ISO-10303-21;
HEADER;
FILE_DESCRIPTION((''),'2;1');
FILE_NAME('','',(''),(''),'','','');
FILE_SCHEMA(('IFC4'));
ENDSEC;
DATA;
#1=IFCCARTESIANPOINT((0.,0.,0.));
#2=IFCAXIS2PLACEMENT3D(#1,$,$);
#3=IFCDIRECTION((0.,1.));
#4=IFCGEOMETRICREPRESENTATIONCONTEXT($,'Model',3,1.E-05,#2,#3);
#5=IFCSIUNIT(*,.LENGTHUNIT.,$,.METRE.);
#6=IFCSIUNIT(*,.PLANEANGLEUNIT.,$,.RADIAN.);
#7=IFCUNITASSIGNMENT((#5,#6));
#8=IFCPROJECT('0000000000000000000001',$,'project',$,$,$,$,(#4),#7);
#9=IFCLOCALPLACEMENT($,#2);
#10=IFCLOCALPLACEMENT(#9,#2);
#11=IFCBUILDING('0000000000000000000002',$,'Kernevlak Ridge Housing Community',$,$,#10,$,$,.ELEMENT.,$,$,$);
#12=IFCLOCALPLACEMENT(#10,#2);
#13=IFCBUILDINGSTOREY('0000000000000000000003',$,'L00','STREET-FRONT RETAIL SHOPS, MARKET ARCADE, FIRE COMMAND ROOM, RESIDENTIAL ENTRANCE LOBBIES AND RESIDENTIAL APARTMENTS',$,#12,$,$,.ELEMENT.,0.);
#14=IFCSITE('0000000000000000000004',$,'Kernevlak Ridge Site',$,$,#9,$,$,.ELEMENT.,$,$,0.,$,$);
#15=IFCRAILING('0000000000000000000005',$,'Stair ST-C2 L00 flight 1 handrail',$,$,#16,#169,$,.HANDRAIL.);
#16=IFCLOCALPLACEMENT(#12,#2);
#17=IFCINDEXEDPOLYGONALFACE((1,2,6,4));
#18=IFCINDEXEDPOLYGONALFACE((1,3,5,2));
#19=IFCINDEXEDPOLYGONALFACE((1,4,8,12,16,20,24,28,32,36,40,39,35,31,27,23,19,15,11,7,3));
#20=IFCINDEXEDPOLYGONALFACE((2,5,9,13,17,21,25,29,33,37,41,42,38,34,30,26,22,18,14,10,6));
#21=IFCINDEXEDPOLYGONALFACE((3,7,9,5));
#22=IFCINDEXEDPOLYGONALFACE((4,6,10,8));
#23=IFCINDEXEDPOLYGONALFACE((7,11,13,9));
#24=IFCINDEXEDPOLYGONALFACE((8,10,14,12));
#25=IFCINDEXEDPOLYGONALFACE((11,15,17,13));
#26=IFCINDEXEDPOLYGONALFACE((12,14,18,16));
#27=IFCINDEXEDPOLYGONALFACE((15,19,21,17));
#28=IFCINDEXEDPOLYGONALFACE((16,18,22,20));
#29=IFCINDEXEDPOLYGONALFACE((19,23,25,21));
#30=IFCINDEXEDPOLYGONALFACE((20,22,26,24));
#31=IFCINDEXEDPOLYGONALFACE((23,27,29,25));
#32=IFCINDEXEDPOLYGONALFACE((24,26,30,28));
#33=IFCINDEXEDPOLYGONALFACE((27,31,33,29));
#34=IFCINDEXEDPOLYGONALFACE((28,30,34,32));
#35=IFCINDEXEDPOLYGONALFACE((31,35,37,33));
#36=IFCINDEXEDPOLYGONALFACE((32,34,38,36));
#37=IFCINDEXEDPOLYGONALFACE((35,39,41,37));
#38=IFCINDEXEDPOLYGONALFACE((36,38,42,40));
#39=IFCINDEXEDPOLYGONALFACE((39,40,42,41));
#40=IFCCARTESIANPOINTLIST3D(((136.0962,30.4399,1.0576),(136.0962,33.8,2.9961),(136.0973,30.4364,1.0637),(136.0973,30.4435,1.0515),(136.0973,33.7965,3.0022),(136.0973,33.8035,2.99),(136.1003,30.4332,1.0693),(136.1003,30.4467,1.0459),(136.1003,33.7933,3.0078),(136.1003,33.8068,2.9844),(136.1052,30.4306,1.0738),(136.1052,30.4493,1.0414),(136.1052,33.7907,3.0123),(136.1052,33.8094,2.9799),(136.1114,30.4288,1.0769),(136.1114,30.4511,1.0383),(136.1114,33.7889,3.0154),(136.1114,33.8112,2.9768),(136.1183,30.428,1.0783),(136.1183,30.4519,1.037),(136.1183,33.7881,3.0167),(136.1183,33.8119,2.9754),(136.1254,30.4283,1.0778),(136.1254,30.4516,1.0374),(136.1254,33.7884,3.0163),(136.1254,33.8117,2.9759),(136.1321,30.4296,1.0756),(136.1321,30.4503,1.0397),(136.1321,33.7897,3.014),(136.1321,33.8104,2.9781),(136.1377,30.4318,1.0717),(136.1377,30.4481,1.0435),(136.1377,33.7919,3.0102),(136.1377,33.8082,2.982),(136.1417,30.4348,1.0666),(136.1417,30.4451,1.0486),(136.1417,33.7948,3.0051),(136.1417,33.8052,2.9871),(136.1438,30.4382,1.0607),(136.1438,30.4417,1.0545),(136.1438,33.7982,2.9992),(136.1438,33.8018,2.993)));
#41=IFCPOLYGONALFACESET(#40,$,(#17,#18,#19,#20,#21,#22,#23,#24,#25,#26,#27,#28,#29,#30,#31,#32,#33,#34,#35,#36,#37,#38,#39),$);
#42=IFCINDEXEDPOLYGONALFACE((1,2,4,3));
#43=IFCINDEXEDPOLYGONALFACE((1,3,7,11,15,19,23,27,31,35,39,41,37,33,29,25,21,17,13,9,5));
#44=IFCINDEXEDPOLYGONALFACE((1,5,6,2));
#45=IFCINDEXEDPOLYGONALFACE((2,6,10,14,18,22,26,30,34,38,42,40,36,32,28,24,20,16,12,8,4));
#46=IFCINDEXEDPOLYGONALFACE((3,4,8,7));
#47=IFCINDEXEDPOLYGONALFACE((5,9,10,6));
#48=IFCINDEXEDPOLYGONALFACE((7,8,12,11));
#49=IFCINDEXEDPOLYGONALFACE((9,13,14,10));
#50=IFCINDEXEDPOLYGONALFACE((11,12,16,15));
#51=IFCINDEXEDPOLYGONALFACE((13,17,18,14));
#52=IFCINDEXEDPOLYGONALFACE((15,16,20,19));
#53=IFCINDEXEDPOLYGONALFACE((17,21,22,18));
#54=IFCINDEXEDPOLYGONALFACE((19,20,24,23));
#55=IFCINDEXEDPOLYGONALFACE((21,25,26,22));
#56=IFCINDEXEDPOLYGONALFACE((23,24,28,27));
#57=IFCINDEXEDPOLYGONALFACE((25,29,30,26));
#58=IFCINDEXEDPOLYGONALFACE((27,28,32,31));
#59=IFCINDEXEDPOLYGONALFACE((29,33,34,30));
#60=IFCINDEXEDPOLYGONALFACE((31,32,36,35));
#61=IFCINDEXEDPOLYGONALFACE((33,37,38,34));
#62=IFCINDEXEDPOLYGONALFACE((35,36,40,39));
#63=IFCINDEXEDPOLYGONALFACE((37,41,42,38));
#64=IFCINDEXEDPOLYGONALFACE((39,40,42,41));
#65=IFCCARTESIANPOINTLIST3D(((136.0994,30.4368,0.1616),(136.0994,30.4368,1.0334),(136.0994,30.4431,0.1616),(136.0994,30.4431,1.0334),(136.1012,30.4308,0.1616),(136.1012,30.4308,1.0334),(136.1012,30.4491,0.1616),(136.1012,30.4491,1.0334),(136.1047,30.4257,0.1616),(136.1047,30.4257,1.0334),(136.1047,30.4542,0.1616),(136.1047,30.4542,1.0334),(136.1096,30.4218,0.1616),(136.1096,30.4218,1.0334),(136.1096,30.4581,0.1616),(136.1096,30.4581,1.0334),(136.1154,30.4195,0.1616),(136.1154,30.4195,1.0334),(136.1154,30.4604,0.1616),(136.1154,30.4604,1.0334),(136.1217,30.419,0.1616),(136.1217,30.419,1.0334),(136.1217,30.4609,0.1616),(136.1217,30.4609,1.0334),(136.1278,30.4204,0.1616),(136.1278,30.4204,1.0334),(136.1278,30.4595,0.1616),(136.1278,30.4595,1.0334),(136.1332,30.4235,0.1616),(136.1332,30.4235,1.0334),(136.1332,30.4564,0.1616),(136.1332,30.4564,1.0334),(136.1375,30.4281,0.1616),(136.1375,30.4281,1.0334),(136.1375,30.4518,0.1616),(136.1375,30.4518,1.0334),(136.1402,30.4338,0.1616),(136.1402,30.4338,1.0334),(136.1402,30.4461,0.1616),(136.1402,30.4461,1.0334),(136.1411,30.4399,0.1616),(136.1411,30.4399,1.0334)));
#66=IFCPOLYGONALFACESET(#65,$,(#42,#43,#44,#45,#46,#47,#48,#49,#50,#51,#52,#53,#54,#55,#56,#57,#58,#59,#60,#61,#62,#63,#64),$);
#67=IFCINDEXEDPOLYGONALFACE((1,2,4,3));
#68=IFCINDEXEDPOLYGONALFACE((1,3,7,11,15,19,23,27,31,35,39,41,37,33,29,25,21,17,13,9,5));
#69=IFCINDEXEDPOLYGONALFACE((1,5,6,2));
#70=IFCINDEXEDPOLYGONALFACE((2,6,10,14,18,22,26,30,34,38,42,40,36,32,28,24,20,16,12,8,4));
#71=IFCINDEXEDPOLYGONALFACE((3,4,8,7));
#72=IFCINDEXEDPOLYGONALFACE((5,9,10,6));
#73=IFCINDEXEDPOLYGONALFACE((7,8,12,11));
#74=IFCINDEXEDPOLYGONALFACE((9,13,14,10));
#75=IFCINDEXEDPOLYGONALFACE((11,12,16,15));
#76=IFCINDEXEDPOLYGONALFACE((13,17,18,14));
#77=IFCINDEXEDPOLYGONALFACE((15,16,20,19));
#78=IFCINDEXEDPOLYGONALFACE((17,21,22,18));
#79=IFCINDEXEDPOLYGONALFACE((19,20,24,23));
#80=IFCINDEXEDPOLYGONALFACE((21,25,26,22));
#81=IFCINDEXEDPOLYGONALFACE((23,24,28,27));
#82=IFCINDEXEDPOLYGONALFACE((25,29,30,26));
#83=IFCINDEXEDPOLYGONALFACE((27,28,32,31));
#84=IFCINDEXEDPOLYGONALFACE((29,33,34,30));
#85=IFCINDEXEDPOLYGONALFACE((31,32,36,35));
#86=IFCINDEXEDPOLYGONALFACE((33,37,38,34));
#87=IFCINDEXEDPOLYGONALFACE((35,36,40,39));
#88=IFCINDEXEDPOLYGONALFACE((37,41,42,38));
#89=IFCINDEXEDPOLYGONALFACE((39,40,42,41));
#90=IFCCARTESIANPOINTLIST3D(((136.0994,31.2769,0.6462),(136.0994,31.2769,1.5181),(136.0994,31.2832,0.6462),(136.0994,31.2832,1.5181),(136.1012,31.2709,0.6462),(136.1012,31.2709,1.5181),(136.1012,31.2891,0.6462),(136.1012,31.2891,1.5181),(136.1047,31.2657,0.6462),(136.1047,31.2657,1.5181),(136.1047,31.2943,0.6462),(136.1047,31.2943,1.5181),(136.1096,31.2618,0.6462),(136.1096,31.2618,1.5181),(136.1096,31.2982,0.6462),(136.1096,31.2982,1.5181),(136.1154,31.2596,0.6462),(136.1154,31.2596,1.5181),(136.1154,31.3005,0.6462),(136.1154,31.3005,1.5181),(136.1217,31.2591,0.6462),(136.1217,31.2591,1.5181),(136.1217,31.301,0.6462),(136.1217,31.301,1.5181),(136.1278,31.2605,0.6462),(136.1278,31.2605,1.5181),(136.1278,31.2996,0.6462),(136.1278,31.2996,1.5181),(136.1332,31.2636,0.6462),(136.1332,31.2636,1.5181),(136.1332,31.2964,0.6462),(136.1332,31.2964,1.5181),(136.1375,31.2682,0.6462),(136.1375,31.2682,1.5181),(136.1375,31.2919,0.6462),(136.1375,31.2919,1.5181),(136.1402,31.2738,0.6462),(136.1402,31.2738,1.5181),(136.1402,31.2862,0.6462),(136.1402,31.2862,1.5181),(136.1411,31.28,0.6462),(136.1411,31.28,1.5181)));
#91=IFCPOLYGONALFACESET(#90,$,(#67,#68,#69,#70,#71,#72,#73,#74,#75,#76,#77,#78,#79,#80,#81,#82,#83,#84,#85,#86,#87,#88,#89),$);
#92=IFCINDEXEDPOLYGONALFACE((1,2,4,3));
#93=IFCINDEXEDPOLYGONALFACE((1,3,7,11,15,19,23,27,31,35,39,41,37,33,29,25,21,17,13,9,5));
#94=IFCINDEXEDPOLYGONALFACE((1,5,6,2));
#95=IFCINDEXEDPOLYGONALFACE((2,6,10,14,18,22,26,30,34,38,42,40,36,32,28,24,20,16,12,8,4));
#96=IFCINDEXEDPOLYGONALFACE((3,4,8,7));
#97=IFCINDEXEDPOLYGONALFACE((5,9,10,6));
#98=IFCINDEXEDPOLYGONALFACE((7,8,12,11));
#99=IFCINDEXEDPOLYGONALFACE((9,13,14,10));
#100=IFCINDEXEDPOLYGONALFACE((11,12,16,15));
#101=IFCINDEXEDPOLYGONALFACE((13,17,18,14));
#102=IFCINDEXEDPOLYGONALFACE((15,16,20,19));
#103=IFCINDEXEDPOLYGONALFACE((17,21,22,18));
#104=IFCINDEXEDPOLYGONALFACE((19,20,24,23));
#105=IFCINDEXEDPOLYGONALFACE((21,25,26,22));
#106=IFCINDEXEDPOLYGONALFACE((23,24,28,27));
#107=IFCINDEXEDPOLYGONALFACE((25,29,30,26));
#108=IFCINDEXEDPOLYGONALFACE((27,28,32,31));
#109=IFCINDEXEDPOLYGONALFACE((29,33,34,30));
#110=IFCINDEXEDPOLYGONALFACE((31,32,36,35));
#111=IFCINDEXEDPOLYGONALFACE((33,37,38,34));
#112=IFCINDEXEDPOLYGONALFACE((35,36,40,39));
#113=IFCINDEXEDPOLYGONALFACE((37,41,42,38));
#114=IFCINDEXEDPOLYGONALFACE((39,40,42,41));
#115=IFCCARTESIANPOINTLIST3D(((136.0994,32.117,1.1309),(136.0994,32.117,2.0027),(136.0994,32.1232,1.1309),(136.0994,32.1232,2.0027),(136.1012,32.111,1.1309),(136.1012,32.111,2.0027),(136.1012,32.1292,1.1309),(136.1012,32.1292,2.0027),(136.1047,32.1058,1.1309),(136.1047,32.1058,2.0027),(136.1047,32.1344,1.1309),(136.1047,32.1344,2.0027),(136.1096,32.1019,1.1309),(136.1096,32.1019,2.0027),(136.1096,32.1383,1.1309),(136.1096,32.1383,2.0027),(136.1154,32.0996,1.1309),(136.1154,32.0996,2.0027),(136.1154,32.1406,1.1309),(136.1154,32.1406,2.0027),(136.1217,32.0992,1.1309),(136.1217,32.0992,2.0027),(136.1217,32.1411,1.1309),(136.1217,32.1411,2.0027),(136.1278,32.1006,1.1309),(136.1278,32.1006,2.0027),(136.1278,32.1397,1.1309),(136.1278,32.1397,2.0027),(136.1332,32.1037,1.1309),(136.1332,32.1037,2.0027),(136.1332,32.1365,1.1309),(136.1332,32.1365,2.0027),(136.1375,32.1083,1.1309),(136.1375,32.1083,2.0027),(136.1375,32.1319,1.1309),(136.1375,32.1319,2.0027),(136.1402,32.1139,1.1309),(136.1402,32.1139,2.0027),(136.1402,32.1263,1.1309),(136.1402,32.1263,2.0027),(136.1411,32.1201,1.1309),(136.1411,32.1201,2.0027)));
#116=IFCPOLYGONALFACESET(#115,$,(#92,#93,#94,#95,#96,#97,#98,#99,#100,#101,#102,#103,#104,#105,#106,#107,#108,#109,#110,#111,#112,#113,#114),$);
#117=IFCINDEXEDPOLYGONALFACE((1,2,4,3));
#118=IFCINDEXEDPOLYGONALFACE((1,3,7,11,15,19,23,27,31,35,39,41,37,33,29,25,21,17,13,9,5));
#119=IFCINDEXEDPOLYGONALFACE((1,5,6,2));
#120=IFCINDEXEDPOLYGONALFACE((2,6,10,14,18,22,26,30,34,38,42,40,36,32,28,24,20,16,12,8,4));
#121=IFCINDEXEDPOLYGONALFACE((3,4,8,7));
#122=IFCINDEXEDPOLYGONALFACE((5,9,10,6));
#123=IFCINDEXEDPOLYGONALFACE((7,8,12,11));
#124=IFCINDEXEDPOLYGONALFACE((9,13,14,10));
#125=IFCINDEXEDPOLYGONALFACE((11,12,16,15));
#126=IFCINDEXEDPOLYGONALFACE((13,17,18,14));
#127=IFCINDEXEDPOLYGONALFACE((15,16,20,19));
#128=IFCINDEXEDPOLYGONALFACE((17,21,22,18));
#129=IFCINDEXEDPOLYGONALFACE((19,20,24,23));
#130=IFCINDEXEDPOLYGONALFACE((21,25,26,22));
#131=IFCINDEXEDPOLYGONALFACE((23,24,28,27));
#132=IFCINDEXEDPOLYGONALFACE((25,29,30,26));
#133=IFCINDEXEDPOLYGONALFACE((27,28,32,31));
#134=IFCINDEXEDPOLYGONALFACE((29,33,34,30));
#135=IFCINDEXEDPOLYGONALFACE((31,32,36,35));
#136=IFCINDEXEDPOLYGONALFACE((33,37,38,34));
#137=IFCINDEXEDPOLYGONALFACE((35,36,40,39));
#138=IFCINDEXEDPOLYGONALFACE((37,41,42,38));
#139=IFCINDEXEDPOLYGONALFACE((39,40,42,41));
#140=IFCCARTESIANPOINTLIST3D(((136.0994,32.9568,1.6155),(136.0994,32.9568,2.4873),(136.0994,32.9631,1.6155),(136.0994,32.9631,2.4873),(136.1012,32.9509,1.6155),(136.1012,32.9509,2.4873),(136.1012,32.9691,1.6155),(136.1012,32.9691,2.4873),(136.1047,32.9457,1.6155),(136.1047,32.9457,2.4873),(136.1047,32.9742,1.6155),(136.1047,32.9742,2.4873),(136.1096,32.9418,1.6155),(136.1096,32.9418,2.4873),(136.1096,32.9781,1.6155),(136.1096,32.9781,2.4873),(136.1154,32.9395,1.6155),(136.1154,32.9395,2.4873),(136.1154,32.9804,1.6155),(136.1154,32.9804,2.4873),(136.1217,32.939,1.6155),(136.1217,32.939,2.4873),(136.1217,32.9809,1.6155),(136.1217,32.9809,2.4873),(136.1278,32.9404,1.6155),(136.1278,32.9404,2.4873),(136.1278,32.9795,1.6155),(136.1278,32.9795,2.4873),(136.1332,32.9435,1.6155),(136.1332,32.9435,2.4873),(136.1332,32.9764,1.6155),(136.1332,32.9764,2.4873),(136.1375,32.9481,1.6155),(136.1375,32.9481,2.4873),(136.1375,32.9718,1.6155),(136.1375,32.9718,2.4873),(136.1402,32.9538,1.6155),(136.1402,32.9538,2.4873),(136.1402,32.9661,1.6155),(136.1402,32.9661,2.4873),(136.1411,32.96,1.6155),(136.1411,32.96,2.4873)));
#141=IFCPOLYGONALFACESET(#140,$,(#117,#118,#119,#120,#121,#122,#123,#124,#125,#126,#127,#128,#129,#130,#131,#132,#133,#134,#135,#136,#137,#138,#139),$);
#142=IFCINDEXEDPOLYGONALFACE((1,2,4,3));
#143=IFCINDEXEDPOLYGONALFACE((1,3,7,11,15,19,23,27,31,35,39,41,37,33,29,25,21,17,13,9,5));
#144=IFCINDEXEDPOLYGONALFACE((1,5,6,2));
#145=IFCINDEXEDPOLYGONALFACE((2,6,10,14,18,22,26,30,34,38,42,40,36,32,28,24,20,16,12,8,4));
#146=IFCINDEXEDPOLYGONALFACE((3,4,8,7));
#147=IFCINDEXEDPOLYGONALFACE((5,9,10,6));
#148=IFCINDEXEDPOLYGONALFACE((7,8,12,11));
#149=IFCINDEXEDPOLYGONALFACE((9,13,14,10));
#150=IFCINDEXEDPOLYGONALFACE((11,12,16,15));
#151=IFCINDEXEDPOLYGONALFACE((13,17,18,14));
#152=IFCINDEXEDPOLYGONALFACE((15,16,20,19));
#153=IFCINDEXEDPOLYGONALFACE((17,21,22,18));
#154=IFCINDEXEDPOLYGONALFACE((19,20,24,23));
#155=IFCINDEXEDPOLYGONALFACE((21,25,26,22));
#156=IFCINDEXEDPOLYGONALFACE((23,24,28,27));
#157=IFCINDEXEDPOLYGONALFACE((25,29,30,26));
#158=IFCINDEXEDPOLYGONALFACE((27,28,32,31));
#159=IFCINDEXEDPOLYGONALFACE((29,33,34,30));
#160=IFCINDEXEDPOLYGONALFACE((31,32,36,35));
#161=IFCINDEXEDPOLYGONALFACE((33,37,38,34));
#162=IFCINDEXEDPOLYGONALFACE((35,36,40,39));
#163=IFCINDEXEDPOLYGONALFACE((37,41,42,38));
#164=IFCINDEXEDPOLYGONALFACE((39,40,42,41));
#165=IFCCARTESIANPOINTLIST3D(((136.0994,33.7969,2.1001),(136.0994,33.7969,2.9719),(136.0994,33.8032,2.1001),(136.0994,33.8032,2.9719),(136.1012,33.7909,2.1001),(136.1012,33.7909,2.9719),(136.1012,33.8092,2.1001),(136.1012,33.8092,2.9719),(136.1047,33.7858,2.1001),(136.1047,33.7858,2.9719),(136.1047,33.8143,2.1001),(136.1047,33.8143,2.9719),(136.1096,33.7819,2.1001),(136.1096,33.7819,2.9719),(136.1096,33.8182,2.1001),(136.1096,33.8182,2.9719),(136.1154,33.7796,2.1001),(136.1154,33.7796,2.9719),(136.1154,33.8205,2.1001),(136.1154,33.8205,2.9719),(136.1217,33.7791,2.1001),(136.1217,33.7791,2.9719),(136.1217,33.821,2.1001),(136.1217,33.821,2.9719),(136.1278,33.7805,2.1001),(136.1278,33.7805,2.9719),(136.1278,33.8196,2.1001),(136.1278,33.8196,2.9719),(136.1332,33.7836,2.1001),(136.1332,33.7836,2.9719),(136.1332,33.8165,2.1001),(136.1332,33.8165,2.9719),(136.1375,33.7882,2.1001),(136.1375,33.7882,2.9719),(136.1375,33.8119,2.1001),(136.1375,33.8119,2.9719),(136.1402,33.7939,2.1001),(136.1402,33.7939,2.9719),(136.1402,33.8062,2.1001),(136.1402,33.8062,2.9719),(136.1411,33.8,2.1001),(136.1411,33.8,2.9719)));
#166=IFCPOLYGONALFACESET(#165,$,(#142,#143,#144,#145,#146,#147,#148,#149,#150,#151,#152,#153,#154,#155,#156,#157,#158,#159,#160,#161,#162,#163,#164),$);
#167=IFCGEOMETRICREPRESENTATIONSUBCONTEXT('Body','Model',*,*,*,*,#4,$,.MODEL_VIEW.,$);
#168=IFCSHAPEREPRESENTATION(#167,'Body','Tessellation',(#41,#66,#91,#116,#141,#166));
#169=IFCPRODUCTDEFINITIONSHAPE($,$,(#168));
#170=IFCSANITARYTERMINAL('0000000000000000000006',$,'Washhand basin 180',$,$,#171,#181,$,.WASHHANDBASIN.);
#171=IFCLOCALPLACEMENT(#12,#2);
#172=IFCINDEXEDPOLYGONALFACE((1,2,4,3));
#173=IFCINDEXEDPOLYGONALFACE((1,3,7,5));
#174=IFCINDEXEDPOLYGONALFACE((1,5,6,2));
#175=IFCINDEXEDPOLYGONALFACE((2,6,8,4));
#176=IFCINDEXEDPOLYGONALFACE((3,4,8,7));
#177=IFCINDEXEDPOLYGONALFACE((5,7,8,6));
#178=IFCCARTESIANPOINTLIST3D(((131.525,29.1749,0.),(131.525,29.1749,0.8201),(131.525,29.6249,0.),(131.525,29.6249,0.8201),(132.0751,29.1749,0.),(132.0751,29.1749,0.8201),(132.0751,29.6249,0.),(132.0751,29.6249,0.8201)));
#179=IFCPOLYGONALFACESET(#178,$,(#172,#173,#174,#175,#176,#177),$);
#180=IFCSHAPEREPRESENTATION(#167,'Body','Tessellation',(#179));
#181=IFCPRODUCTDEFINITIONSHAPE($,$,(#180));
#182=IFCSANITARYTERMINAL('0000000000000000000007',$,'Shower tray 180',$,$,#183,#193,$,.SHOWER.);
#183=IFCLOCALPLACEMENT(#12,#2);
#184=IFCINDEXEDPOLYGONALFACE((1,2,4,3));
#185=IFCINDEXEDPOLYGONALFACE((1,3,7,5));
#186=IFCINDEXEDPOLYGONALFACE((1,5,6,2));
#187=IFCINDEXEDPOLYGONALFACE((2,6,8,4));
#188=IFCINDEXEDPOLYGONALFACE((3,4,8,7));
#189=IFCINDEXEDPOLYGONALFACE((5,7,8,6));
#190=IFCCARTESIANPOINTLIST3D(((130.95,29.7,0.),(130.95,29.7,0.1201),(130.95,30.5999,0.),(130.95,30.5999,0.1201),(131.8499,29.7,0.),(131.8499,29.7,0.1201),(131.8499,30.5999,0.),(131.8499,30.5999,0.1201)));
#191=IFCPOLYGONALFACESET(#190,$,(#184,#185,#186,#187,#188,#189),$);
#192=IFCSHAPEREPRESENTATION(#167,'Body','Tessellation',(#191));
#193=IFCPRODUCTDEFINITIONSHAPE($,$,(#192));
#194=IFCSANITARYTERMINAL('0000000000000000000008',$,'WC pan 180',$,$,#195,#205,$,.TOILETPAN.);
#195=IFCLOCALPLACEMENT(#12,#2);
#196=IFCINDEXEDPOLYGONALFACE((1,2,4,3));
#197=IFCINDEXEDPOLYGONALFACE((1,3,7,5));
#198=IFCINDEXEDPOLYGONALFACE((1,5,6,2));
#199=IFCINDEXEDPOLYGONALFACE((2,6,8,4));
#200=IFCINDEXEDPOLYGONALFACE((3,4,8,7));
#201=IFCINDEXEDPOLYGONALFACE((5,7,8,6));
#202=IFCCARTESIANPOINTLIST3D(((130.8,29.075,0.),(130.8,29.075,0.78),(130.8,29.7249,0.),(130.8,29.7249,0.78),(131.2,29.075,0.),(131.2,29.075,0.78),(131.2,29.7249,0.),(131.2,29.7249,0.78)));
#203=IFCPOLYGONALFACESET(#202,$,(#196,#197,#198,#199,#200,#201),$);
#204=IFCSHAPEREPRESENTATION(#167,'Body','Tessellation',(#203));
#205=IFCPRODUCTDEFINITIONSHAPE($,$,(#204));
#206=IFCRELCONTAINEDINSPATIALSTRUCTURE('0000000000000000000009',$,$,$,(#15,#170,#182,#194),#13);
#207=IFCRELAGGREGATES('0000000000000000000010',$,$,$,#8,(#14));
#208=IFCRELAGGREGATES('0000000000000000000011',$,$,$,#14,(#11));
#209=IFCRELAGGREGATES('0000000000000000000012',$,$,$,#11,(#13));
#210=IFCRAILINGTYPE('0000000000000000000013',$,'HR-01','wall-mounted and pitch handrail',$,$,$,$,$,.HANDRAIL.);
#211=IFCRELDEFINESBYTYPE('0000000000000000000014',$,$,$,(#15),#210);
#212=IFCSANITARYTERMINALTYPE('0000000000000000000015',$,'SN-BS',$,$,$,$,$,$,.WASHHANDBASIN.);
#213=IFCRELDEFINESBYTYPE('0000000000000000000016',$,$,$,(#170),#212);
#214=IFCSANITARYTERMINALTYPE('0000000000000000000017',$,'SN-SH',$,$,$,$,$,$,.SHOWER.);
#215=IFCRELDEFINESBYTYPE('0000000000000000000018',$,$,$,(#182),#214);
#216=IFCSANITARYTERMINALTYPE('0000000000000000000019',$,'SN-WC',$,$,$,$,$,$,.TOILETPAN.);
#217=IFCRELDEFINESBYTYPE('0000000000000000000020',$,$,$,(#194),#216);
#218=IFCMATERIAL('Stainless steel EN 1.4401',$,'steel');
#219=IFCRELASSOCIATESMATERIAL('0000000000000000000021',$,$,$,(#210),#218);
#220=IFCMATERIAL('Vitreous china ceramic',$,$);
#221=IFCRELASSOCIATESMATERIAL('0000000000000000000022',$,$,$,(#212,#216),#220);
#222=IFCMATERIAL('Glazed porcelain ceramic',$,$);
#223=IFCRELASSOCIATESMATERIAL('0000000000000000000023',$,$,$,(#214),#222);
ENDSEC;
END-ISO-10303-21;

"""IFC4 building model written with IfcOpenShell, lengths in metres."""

from ifc_helpers import new_model, si_unit, direction, frame, origin, origin_2d, place, context, subcontext, project, spatial, rectangle, circle, extrude, material, type_object, element, save


model = new_model("IFC4")

# Units and contexts
model_context = context("Model", 3, precision=1e-05, world=origin(), true_north=direction((0.0, 1.0)))
body_context = subcontext(model_context, "Body", "Model", "MODEL_VIEW")
ifc_project = project(units=[si_unit("LENGTHUNIT", "METRE"), si_unit("PLANEANGLEUNIT", "RADIAN")], contexts=[model_context])

# Site, building, storey
site_placement = place(None, origin())
site = spatial("IfcSite", under=ifc_project, at=site_placement, Name="Kernevlak Ridge Site", CompositionType="ELEMENT", RefElevation=0.0)
building_placement = place(site_placement, origin())
building = spatial("IfcBuilding", under=site, at=building_placement, Name="Kernevlak Ridge Housing Community", CompositionType="ELEMENT")
storey_placement = place(building_placement, origin())
storey = spatial("IfcBuildingStorey", under=building, at=storey_placement, Name="L00", Description="STREET-FRONT RETAIL SHOPS, MARKET ARCADE, FIRE COMMAND ROOM, RESIDENTIAL ENTRANCE LOBBIES AND RESIDENTIAL APARTMENTS", CompositionType="ELEMENT", Elevation=0.0)

# Railing
ifc_material_1 = material(Name="Stainless steel EN 1.4401", Category="steel")
railing_type_1 = type_object("IfcRailingType", Name="HR-01", Description="wall-mounted and pitch handrail", PredefinedType="HANDRAIL", material=ifc_material_1)
railing_1_placement = place(storey_placement, frame((136.1201, 30.4399, 0.1616)))
element("IfcRailing", 1, at=railing_1_placement, inside=storey, type_object=railing_type_1, Name="Stair ST-C2 L00 flight 1 handrail", PredefinedType="HANDRAIL", context=body_context, shape_type="SweptSolid", body=[
    extrude(circle(Radius=0.0239, at=origin_2d()), frame((0.0, 0.0, 0.896), z_axis=(0.0, 0.866191, 0.499713), x_axis=(-1.0, 0.0, 0.0)), (0.0, 0.0, 1.0), 3.8792),
    extrude(circle(Radius=0.021, at=origin_2d()), origin(), (0.0, 0.0, 1.0), 0.8718),
    extrude(circle(Radius=0.021, at=origin_2d()), frame((0.0, 0.8401, 0.4846)), (0.0, 0.0, 1.0), 0.8718),
    extrude(circle(Radius=0.021, at=origin_2d()), frame((0.0, 1.6802, 0.9692)), (0.0, 0.0, 1.0), 0.8718),
    extrude(circle(Radius=0.021, at=origin_2d()), frame((0.0, 2.52, 1.4539)), (0.0, 0.0, 1.0), 0.8718),
    extrude(circle(Radius=0.021, at=origin_2d()), frame((0.0, 3.3601, 1.9385)), (0.0, 0.0, 1.0), 0.8718),
])

# Sanitary terminals
ifc_material_2 = material(Name="Vitreous china ceramic")
sanitary_terminal_type_1 = type_object("IfcSanitaryTerminalType", Name="SN-BS", PredefinedType="WASHHANDBASIN", material=ifc_material_2)
sanitary_terminal_1_placement = place(storey_placement, frame((131.8, 29.3999, 0.0), z_axis=(0.0, 0.0, 1.0), x_axis=(1.0, 0.0, 0.0)))
element("IfcSanitaryTerminal", 2, at=sanitary_terminal_1_placement, inside=storey, type_object=sanitary_terminal_type_1, Name="Washhand basin 180", PredefinedType="WASHHANDBASIN", context=body_context, shape_type="SweptSolid", body=[
    extrude(rectangle(XDim=0.55, YDim=0.45, at=origin_2d()), origin(), (0.0, 0.0, 1.0), 0.8201),
])
ifc_material_3 = material(Name="Glazed porcelain ceramic")
sanitary_terminal_type_2 = type_object("IfcSanitaryTerminalType", Name="SN-SH", PredefinedType="SHOWER", material=ifc_material_3)
sanitary_terminal_2_placement = place(storey_placement, frame((131.3999, 30.1499, 0.0), z_axis=(0.0, 0.0, 1.0), x_axis=(1.0, 0.0, 0.0)))
element("IfcSanitaryTerminal", 3, at=sanitary_terminal_2_placement, inside=storey, type_object=sanitary_terminal_type_2, Name="Shower tray 180", PredefinedType="SHOWER", context=body_context, shape_type="SweptSolid", body=[
    extrude(rectangle(XDim=0.8999, YDim=0.8999, at=origin_2d()), origin(), (0.0, 0.0, 1.0), 0.1201),
])
sanitary_terminal_type_3 = type_object("IfcSanitaryTerminalType", Name="SN-WC", PredefinedType="TOILETPAN", material=ifc_material_2)
sanitary_terminal_3_placement = place(storey_placement, frame((131.0, 29.3999, 0.0), z_axis=(0.0, 0.0, 1.0), x_axis=(1.0, 0.0, 0.0)))
element("IfcSanitaryTerminal", 4, at=sanitary_terminal_3_placement, inside=storey, type_object=sanitary_terminal_type_3, Name="WC pan 180", PredefinedType="TOILETPAN", context=body_context, shape_type="SweptSolid", body=[
    extrude(rectangle(XDim=0.3999, YDim=0.6499, at=origin_2d()), origin(), (0.0, 0.0, 1.0), 0.78),
])

save(model, "model.ifc")
